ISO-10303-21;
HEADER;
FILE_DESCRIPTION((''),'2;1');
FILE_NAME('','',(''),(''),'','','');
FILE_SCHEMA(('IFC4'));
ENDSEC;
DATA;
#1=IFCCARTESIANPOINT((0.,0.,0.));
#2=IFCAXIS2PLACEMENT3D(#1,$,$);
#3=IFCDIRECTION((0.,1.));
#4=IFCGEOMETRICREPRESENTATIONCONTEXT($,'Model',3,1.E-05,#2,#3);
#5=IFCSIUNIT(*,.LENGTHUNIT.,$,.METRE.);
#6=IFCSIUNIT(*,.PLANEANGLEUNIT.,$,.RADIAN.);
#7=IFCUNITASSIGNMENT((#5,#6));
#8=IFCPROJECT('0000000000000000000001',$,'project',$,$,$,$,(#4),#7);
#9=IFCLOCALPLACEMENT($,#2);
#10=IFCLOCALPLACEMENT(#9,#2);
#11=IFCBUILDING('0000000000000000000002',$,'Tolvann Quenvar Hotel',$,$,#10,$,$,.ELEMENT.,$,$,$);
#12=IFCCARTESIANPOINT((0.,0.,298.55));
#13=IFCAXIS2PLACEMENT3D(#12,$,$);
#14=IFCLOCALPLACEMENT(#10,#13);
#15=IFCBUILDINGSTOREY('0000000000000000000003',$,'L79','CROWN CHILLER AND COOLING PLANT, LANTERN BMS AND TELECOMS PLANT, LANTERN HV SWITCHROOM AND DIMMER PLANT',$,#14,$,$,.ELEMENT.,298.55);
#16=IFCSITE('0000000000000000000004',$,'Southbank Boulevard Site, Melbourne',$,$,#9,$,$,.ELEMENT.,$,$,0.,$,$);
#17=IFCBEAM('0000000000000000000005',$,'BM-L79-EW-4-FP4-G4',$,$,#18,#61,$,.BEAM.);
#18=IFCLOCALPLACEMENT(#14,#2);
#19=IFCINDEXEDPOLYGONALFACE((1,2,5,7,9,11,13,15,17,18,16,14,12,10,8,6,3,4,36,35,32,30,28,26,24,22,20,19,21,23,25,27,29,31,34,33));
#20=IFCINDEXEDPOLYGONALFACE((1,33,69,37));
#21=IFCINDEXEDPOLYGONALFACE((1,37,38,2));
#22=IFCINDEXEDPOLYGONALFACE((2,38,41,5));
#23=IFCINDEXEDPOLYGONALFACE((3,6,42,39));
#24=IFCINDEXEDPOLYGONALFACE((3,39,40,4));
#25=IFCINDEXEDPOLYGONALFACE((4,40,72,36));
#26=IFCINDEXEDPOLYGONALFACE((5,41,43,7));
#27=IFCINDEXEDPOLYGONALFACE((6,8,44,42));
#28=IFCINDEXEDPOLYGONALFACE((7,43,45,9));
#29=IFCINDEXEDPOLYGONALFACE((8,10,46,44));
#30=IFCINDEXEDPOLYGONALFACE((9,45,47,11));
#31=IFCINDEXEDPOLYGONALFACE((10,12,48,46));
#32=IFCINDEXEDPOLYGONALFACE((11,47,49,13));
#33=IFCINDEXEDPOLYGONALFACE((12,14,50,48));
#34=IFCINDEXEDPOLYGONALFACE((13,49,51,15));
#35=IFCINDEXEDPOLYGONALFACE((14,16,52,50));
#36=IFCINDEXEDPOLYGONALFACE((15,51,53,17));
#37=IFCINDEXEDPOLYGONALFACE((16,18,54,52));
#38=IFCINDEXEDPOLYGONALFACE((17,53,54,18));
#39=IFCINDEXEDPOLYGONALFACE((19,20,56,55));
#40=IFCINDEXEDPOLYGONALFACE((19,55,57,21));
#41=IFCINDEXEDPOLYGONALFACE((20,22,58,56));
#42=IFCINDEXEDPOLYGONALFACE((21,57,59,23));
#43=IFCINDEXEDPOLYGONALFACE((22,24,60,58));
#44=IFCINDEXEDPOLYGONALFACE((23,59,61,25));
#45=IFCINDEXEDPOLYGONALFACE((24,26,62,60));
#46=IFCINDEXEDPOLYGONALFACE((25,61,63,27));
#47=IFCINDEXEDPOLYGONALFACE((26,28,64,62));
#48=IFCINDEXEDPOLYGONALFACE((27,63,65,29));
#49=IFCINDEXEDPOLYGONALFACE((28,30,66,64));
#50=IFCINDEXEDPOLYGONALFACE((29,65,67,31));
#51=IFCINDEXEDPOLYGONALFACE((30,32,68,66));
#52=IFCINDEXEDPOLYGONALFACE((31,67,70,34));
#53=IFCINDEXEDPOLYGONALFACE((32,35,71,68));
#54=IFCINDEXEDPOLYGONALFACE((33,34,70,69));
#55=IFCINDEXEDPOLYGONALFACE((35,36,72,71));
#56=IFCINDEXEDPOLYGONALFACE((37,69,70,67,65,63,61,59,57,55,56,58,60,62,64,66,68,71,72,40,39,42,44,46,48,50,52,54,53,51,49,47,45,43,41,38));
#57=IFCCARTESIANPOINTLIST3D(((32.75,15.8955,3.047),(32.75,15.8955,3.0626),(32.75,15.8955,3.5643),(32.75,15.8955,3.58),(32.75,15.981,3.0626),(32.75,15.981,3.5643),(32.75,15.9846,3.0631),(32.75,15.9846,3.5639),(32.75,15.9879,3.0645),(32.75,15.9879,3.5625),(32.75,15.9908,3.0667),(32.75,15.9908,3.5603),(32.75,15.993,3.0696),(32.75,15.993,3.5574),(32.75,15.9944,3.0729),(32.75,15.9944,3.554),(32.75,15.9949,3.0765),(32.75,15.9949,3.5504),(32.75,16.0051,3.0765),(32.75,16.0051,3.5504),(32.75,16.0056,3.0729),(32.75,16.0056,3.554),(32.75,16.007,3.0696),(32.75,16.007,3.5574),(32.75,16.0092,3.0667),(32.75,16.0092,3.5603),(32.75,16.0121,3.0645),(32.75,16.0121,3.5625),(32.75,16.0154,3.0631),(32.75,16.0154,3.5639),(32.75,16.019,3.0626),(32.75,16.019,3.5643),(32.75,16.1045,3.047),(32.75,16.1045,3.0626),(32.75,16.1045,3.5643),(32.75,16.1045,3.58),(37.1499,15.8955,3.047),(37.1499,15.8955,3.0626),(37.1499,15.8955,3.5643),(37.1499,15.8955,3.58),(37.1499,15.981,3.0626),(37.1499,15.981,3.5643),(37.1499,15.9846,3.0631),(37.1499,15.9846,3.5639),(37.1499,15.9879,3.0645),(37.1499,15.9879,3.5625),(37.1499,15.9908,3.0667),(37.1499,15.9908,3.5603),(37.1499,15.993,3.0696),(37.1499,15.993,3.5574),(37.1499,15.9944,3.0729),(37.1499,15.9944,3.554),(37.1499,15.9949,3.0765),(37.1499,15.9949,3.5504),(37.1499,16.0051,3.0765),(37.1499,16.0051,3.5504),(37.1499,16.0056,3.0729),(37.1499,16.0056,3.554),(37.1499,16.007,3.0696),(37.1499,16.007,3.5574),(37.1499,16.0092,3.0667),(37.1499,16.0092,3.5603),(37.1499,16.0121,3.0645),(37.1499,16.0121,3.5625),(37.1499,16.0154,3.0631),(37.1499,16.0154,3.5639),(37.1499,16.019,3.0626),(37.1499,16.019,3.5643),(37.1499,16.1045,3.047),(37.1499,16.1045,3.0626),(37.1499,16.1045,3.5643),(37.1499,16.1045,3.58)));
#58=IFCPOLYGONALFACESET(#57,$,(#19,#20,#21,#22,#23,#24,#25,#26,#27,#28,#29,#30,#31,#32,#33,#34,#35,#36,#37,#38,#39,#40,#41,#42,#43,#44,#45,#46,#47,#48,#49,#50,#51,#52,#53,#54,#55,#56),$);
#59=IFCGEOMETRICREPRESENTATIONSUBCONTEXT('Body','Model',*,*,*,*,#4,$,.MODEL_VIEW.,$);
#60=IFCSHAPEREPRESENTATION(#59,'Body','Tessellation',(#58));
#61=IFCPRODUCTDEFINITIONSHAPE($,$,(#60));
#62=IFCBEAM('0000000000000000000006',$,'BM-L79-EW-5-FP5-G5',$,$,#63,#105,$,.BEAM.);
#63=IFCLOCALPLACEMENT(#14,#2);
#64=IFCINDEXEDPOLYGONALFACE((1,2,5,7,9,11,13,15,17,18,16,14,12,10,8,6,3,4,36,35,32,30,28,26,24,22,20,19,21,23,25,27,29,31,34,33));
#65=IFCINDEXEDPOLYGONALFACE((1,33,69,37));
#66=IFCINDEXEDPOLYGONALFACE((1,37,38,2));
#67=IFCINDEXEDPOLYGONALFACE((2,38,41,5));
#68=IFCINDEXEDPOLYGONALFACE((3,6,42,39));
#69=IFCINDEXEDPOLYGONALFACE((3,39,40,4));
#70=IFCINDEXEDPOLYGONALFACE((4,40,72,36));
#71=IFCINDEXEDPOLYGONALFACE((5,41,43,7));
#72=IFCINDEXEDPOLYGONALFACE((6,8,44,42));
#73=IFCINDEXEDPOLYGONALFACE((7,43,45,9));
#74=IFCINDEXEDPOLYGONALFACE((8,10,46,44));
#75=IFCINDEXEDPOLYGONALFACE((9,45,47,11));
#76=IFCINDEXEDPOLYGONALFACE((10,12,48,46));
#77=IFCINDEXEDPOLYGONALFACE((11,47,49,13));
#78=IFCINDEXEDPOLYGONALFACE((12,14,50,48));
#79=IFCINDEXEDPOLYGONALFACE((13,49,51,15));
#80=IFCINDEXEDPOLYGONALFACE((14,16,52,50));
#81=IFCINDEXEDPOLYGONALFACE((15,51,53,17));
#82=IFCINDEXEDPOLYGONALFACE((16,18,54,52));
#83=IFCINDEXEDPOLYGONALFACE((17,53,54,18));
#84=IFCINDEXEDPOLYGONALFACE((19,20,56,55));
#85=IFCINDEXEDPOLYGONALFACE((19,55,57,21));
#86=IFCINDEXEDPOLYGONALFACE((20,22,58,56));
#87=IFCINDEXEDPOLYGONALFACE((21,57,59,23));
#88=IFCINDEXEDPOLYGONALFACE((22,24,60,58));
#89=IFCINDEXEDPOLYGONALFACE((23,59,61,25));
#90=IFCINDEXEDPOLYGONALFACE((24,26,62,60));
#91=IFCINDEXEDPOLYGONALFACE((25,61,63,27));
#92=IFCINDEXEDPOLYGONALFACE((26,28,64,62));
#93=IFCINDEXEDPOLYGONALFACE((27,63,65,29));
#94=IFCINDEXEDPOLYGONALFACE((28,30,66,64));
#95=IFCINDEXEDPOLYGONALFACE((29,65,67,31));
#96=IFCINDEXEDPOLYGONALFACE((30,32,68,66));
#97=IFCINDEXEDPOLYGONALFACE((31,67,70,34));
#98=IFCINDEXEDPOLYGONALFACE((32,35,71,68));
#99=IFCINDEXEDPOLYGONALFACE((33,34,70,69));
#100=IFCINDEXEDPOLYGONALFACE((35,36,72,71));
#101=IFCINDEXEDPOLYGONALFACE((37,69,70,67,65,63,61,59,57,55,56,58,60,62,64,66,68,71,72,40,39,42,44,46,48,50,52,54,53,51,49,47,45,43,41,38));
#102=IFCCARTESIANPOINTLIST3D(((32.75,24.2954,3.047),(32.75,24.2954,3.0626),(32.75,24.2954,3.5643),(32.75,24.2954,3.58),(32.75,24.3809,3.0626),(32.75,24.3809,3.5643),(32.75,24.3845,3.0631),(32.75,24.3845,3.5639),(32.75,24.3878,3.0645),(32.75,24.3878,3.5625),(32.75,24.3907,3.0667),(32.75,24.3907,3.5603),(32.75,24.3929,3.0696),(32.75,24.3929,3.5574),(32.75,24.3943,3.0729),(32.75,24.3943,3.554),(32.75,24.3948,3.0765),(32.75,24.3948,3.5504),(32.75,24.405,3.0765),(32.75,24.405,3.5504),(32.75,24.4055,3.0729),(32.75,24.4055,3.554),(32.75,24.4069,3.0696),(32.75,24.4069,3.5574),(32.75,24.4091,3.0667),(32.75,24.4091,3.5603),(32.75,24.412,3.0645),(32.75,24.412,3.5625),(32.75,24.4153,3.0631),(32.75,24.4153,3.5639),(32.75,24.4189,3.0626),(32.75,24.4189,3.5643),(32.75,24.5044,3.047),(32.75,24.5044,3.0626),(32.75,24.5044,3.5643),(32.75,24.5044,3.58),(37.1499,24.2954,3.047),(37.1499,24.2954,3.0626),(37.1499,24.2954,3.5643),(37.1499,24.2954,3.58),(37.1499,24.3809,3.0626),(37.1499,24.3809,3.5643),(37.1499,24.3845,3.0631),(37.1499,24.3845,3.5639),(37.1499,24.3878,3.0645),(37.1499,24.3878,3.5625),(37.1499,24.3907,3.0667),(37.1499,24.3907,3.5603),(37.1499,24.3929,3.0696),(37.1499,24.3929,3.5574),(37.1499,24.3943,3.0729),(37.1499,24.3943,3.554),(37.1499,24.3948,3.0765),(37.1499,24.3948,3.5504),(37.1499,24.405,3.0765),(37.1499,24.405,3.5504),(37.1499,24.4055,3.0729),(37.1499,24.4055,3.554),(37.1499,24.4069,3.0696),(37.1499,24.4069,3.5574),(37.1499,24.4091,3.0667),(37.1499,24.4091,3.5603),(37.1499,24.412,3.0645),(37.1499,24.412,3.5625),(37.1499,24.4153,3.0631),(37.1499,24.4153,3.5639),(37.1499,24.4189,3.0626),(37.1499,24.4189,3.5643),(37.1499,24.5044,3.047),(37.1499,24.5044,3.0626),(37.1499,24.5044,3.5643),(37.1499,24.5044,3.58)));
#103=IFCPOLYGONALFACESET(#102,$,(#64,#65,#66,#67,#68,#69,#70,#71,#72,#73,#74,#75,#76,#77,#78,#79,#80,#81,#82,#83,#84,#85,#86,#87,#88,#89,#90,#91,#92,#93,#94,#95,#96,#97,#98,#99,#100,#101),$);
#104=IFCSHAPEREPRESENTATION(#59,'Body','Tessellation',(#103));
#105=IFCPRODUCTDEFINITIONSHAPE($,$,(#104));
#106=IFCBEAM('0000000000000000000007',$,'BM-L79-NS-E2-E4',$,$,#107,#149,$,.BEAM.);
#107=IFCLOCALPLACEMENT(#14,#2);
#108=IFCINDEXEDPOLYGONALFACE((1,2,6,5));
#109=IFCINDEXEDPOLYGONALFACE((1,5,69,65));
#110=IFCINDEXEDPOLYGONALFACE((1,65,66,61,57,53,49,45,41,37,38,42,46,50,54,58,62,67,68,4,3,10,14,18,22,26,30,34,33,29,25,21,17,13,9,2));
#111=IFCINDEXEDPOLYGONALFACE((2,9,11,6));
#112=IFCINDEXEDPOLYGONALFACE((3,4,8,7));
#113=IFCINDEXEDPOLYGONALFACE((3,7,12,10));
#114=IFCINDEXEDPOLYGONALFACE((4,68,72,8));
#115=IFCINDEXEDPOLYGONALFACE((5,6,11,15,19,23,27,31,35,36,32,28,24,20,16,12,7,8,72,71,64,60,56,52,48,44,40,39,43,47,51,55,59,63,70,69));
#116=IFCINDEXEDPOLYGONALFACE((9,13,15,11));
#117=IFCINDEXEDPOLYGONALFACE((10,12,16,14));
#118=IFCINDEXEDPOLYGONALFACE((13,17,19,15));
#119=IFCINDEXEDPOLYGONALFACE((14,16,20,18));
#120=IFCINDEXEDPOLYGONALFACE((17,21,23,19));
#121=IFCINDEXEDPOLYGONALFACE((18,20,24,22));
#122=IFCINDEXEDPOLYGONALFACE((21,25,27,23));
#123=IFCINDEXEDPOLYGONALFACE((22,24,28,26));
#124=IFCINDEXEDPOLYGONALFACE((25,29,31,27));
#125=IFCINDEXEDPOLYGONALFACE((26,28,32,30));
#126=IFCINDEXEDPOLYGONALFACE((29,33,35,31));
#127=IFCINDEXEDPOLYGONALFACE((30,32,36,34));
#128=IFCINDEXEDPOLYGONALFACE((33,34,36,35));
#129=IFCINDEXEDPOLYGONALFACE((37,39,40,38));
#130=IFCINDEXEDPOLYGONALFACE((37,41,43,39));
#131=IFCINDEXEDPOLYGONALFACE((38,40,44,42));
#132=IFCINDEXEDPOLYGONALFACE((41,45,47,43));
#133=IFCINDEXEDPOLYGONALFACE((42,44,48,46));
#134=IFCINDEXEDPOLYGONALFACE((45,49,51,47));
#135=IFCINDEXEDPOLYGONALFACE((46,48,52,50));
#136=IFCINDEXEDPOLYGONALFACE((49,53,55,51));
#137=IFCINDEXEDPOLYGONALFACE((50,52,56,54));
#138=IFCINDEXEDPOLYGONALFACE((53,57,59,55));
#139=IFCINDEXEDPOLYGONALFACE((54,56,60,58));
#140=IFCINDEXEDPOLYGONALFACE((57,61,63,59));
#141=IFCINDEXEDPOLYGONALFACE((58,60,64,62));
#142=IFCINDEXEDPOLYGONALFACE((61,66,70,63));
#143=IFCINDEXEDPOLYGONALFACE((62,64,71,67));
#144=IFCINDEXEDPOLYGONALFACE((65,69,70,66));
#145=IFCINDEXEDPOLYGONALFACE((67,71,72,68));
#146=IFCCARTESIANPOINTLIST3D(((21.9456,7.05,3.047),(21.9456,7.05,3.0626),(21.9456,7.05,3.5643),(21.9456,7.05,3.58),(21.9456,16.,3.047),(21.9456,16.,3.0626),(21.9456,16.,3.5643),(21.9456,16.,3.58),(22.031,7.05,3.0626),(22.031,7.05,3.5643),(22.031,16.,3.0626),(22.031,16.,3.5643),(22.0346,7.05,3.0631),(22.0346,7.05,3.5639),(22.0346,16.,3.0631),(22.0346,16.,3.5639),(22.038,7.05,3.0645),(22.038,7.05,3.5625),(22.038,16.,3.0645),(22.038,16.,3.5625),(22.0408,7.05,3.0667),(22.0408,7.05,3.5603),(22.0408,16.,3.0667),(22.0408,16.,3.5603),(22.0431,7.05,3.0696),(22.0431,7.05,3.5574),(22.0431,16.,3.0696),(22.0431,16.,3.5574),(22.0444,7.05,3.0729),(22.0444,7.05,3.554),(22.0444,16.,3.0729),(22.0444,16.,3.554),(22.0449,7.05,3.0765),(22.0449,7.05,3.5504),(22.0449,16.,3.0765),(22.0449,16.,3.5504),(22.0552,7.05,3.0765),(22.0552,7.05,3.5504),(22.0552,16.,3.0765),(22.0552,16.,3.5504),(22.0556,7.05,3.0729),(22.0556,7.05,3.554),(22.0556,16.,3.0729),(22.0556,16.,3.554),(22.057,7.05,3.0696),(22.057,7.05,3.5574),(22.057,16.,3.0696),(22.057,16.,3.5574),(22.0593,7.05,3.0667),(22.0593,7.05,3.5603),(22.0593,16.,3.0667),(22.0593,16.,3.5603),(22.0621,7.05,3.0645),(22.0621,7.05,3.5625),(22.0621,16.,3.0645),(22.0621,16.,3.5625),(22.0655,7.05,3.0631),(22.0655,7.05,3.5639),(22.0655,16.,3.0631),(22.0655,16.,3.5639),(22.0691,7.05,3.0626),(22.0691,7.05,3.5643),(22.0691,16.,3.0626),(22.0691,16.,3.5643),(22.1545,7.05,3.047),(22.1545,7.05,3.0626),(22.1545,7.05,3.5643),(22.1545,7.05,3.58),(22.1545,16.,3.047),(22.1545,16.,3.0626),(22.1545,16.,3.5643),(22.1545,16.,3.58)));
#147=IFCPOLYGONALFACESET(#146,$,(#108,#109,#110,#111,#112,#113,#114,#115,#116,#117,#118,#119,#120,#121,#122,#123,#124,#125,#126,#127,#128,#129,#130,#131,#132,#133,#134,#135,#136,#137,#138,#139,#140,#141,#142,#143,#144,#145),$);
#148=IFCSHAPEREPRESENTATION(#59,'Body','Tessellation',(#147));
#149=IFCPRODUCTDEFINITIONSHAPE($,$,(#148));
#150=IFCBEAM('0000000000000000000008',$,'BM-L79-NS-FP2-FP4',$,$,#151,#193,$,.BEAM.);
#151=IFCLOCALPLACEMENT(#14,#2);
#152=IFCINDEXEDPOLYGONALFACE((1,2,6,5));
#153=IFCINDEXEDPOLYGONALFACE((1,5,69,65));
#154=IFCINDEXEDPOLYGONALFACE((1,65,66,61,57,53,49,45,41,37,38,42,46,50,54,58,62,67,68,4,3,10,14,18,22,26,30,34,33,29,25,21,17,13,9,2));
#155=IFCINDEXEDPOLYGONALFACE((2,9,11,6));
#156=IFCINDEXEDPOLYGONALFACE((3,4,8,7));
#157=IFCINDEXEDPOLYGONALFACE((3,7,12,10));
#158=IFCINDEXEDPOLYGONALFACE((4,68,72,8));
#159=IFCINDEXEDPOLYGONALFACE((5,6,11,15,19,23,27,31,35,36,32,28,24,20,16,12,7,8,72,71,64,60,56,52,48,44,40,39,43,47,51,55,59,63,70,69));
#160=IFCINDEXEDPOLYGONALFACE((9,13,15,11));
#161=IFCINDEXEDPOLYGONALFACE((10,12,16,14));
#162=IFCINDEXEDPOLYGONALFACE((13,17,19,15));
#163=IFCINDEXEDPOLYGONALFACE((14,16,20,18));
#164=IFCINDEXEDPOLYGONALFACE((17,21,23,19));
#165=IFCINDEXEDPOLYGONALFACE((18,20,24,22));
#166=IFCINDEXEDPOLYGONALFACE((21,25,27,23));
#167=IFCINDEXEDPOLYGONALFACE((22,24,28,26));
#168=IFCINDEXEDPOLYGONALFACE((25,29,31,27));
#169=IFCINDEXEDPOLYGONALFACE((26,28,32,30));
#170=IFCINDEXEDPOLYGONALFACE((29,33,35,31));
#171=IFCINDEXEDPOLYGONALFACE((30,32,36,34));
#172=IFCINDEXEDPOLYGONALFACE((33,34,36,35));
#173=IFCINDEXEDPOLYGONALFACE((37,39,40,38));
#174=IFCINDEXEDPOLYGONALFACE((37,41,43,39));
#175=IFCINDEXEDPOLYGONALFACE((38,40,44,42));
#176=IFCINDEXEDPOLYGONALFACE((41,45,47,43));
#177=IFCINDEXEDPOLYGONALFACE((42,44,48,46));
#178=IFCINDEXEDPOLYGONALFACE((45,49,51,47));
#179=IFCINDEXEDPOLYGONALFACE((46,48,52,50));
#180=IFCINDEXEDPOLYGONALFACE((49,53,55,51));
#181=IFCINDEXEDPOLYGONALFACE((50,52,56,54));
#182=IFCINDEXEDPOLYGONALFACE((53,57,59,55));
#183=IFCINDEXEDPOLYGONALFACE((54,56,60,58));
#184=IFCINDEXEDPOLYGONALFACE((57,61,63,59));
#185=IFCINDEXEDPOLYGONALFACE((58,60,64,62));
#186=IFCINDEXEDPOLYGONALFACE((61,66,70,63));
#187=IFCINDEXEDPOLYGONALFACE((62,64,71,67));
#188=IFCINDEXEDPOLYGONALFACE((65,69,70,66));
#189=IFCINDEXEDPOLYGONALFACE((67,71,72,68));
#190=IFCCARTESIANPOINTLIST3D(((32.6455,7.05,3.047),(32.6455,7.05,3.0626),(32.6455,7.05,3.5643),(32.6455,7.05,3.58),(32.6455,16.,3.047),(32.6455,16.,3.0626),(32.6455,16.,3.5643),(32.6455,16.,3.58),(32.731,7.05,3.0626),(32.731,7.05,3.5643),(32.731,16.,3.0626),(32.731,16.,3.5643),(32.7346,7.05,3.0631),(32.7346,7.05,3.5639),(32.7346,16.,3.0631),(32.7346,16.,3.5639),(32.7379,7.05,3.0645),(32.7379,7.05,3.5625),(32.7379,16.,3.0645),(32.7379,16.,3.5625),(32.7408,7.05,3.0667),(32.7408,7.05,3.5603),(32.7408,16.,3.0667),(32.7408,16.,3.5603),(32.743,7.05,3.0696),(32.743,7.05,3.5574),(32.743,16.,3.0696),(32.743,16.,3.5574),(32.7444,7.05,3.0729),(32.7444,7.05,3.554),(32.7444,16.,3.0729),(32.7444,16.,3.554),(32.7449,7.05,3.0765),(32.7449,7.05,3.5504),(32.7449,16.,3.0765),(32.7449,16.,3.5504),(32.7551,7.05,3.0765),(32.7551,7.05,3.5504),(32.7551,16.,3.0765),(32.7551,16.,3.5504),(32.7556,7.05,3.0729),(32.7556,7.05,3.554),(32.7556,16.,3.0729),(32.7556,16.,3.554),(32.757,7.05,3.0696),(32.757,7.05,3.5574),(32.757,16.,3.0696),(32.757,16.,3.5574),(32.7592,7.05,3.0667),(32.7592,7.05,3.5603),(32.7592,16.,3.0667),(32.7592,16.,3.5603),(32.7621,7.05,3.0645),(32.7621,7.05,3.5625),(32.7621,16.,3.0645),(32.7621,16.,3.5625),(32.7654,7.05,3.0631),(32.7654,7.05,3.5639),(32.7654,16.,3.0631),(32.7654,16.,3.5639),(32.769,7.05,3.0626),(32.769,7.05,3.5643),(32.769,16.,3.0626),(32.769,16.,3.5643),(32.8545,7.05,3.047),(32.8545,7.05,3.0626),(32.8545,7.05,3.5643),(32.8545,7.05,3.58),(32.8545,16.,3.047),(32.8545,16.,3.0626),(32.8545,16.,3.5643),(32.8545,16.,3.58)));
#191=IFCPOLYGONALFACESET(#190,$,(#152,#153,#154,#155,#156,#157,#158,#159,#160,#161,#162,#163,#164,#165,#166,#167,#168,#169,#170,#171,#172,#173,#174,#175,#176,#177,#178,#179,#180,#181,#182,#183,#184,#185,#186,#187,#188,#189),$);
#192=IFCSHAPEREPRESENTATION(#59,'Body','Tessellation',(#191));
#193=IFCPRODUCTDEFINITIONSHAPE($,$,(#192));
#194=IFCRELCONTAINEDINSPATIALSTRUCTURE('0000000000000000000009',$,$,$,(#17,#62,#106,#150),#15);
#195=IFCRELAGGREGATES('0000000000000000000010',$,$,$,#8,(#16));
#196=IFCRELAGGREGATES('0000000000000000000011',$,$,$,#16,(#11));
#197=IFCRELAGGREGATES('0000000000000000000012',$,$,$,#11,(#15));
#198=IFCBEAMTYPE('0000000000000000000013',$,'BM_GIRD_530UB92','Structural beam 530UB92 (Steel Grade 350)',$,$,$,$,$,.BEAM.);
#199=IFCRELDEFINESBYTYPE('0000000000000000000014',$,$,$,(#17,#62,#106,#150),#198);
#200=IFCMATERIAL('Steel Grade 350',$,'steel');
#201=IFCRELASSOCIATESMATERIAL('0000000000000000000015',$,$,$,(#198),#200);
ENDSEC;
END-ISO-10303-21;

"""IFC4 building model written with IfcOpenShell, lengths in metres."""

from ifc_helpers import new_model, si_unit, direction, frame, origin, origin_2d, place, context, subcontext, project, spatial, i_section, extrude, source, transform, mapped, material, material_profile, profile_set, type_object, element, save


model = new_model("IFC4")

# Units and contexts
model_context = context("Model", 3, precision=1e-05, world=origin(), true_north=direction((0.0, 1.0)))
body_context = subcontext(model_context, "Body", "Model", "MODEL_VIEW")
ifc_project = project(units=[si_unit("LENGTHUNIT", "METRE"), si_unit("PLANEANGLEUNIT", "RADIAN")], contexts=[model_context])

# Site, building, storey
site_placement = place(None, origin())
site = spatial("IfcSite", under=ifc_project, at=site_placement, Name="Southbank Boulevard Site, Melbourne", CompositionType="ELEMENT", RefElevation=0.0)
building_placement = place(site_placement, origin())
building = spatial("IfcBuilding", under=site, at=building_placement, Name="Tolvann Quenvar Hotel", CompositionType="ELEMENT")
storey_placement = place(building_placement, frame((0.0, 0.0, 298.55)))
storey = spatial("IfcBuildingStorey", under=building, at=storey_placement, Name="L79", Description="CROWN CHILLER AND COOLING PLANT, LANTERN BMS AND TELECOMS PLANT, LANTERN HV SWITCHROOM AND DIMMER PLANT", CompositionType="ELEMENT", Elevation=298.55)

# Shared definitions
ifc_material_1 = material(Name="Steel Grade 350", Category="steel")

# Beams
ifc_material_profile_1 = material_profile(ifc_material_1, i_section(OverallWidth=0.209, OverallDepth=0.533, WebThickness=0.0103, FlangeThickness=0.0156, FilletRadius=0.0139, at=origin_2d()), Name="530UB92")
ifc_profile_set_1 = profile_set([ifc_material_profile_1], Name="Steel Grade 350")
beam_type_1 = type_object("IfcBeamType", Name="BM_GIRD_530UB92", Description="Structural beam 530UB92 (Steel Grade 350)", PredefinedType="BEAM", material=ifc_profile_set_1)
shared_shape_1 = source(origin(), body_context, "Body", "SweptSolid", [
    extrude(i_section(OverallWidth=0.209, OverallDepth=0.533, WebThickness=0.0103, FlangeThickness=0.0156, FilletRadius=0.0139, at=origin_2d()), origin(), (0.0, 0.0, 1.0), 4.3999),
])
for number, where, z_axis, x_axis, name in (
    (1, (32.75, 16.0, 3.3135), (1.0, 0.0, 0.0), (0.0, 1.0, 0.0), "BM-L79-EW-4-FP4-G4"),
    (2, (32.75, 24.3999, 3.3135), (1.0, 0.0, 0.0), (0.0, 1.0, 0.0), "BM-L79-EW-5-FP5-G5"),
):
    element("IfcBeam", number, at=place(storey_placement, frame(where, z_axis=z_axis, x_axis=x_axis)), inside=storey, type_object=beam_type_1, Name=name, PredefinedType="BEAM", context=body_context, shape_type="MappedRepresentation", body=[
        mapped(shared_shape_1, transform((0.0, 0.0, 0.0), x_axis=(1.0, 0.0, 0.0), y_axis=(0.0, 1.0, 0.0), z_axis=(0.0, 0.0, 1.0), scale=1.0)),
    ])
shared_shape_2 = source(origin(), body_context, "Body", "SweptSolid", [
    extrude(i_section(OverallWidth=0.209, OverallDepth=0.533, WebThickness=0.0103, FlangeThickness=0.0156, FilletRadius=0.0139, at=origin_2d()), origin(), (0.0, 0.0, 1.0), 8.95),
])
for number, where, z_axis, x_axis, name in (
    (3, (22.05, 7.05, 3.3135), (0.0, 1.0, 0.0), (-1.0, 0.0, 0.0), "BM-L79-NS-E2-E4"),
    (4, (32.75, 7.05, 3.3135), (0.0, 1.0, 0.0), (-1.0, 0.0, 0.0), "BM-L79-NS-FP2-FP4"),
):
    element("IfcBeam", number, at=place(storey_placement, frame(where, z_axis=z_axis, x_axis=x_axis)), inside=storey, type_object=beam_type_1, Name=name, PredefinedType="BEAM", context=body_context, shape_type="MappedRepresentation", body=[
        mapped(shared_shape_2, transform((0.0, 0.0, 0.0), x_axis=(1.0, 0.0, 0.0), y_axis=(0.0, 1.0, 0.0), z_axis=(0.0, 0.0, 1.0), scale=1.0)),
    ])

save(model, "model.ifc")
